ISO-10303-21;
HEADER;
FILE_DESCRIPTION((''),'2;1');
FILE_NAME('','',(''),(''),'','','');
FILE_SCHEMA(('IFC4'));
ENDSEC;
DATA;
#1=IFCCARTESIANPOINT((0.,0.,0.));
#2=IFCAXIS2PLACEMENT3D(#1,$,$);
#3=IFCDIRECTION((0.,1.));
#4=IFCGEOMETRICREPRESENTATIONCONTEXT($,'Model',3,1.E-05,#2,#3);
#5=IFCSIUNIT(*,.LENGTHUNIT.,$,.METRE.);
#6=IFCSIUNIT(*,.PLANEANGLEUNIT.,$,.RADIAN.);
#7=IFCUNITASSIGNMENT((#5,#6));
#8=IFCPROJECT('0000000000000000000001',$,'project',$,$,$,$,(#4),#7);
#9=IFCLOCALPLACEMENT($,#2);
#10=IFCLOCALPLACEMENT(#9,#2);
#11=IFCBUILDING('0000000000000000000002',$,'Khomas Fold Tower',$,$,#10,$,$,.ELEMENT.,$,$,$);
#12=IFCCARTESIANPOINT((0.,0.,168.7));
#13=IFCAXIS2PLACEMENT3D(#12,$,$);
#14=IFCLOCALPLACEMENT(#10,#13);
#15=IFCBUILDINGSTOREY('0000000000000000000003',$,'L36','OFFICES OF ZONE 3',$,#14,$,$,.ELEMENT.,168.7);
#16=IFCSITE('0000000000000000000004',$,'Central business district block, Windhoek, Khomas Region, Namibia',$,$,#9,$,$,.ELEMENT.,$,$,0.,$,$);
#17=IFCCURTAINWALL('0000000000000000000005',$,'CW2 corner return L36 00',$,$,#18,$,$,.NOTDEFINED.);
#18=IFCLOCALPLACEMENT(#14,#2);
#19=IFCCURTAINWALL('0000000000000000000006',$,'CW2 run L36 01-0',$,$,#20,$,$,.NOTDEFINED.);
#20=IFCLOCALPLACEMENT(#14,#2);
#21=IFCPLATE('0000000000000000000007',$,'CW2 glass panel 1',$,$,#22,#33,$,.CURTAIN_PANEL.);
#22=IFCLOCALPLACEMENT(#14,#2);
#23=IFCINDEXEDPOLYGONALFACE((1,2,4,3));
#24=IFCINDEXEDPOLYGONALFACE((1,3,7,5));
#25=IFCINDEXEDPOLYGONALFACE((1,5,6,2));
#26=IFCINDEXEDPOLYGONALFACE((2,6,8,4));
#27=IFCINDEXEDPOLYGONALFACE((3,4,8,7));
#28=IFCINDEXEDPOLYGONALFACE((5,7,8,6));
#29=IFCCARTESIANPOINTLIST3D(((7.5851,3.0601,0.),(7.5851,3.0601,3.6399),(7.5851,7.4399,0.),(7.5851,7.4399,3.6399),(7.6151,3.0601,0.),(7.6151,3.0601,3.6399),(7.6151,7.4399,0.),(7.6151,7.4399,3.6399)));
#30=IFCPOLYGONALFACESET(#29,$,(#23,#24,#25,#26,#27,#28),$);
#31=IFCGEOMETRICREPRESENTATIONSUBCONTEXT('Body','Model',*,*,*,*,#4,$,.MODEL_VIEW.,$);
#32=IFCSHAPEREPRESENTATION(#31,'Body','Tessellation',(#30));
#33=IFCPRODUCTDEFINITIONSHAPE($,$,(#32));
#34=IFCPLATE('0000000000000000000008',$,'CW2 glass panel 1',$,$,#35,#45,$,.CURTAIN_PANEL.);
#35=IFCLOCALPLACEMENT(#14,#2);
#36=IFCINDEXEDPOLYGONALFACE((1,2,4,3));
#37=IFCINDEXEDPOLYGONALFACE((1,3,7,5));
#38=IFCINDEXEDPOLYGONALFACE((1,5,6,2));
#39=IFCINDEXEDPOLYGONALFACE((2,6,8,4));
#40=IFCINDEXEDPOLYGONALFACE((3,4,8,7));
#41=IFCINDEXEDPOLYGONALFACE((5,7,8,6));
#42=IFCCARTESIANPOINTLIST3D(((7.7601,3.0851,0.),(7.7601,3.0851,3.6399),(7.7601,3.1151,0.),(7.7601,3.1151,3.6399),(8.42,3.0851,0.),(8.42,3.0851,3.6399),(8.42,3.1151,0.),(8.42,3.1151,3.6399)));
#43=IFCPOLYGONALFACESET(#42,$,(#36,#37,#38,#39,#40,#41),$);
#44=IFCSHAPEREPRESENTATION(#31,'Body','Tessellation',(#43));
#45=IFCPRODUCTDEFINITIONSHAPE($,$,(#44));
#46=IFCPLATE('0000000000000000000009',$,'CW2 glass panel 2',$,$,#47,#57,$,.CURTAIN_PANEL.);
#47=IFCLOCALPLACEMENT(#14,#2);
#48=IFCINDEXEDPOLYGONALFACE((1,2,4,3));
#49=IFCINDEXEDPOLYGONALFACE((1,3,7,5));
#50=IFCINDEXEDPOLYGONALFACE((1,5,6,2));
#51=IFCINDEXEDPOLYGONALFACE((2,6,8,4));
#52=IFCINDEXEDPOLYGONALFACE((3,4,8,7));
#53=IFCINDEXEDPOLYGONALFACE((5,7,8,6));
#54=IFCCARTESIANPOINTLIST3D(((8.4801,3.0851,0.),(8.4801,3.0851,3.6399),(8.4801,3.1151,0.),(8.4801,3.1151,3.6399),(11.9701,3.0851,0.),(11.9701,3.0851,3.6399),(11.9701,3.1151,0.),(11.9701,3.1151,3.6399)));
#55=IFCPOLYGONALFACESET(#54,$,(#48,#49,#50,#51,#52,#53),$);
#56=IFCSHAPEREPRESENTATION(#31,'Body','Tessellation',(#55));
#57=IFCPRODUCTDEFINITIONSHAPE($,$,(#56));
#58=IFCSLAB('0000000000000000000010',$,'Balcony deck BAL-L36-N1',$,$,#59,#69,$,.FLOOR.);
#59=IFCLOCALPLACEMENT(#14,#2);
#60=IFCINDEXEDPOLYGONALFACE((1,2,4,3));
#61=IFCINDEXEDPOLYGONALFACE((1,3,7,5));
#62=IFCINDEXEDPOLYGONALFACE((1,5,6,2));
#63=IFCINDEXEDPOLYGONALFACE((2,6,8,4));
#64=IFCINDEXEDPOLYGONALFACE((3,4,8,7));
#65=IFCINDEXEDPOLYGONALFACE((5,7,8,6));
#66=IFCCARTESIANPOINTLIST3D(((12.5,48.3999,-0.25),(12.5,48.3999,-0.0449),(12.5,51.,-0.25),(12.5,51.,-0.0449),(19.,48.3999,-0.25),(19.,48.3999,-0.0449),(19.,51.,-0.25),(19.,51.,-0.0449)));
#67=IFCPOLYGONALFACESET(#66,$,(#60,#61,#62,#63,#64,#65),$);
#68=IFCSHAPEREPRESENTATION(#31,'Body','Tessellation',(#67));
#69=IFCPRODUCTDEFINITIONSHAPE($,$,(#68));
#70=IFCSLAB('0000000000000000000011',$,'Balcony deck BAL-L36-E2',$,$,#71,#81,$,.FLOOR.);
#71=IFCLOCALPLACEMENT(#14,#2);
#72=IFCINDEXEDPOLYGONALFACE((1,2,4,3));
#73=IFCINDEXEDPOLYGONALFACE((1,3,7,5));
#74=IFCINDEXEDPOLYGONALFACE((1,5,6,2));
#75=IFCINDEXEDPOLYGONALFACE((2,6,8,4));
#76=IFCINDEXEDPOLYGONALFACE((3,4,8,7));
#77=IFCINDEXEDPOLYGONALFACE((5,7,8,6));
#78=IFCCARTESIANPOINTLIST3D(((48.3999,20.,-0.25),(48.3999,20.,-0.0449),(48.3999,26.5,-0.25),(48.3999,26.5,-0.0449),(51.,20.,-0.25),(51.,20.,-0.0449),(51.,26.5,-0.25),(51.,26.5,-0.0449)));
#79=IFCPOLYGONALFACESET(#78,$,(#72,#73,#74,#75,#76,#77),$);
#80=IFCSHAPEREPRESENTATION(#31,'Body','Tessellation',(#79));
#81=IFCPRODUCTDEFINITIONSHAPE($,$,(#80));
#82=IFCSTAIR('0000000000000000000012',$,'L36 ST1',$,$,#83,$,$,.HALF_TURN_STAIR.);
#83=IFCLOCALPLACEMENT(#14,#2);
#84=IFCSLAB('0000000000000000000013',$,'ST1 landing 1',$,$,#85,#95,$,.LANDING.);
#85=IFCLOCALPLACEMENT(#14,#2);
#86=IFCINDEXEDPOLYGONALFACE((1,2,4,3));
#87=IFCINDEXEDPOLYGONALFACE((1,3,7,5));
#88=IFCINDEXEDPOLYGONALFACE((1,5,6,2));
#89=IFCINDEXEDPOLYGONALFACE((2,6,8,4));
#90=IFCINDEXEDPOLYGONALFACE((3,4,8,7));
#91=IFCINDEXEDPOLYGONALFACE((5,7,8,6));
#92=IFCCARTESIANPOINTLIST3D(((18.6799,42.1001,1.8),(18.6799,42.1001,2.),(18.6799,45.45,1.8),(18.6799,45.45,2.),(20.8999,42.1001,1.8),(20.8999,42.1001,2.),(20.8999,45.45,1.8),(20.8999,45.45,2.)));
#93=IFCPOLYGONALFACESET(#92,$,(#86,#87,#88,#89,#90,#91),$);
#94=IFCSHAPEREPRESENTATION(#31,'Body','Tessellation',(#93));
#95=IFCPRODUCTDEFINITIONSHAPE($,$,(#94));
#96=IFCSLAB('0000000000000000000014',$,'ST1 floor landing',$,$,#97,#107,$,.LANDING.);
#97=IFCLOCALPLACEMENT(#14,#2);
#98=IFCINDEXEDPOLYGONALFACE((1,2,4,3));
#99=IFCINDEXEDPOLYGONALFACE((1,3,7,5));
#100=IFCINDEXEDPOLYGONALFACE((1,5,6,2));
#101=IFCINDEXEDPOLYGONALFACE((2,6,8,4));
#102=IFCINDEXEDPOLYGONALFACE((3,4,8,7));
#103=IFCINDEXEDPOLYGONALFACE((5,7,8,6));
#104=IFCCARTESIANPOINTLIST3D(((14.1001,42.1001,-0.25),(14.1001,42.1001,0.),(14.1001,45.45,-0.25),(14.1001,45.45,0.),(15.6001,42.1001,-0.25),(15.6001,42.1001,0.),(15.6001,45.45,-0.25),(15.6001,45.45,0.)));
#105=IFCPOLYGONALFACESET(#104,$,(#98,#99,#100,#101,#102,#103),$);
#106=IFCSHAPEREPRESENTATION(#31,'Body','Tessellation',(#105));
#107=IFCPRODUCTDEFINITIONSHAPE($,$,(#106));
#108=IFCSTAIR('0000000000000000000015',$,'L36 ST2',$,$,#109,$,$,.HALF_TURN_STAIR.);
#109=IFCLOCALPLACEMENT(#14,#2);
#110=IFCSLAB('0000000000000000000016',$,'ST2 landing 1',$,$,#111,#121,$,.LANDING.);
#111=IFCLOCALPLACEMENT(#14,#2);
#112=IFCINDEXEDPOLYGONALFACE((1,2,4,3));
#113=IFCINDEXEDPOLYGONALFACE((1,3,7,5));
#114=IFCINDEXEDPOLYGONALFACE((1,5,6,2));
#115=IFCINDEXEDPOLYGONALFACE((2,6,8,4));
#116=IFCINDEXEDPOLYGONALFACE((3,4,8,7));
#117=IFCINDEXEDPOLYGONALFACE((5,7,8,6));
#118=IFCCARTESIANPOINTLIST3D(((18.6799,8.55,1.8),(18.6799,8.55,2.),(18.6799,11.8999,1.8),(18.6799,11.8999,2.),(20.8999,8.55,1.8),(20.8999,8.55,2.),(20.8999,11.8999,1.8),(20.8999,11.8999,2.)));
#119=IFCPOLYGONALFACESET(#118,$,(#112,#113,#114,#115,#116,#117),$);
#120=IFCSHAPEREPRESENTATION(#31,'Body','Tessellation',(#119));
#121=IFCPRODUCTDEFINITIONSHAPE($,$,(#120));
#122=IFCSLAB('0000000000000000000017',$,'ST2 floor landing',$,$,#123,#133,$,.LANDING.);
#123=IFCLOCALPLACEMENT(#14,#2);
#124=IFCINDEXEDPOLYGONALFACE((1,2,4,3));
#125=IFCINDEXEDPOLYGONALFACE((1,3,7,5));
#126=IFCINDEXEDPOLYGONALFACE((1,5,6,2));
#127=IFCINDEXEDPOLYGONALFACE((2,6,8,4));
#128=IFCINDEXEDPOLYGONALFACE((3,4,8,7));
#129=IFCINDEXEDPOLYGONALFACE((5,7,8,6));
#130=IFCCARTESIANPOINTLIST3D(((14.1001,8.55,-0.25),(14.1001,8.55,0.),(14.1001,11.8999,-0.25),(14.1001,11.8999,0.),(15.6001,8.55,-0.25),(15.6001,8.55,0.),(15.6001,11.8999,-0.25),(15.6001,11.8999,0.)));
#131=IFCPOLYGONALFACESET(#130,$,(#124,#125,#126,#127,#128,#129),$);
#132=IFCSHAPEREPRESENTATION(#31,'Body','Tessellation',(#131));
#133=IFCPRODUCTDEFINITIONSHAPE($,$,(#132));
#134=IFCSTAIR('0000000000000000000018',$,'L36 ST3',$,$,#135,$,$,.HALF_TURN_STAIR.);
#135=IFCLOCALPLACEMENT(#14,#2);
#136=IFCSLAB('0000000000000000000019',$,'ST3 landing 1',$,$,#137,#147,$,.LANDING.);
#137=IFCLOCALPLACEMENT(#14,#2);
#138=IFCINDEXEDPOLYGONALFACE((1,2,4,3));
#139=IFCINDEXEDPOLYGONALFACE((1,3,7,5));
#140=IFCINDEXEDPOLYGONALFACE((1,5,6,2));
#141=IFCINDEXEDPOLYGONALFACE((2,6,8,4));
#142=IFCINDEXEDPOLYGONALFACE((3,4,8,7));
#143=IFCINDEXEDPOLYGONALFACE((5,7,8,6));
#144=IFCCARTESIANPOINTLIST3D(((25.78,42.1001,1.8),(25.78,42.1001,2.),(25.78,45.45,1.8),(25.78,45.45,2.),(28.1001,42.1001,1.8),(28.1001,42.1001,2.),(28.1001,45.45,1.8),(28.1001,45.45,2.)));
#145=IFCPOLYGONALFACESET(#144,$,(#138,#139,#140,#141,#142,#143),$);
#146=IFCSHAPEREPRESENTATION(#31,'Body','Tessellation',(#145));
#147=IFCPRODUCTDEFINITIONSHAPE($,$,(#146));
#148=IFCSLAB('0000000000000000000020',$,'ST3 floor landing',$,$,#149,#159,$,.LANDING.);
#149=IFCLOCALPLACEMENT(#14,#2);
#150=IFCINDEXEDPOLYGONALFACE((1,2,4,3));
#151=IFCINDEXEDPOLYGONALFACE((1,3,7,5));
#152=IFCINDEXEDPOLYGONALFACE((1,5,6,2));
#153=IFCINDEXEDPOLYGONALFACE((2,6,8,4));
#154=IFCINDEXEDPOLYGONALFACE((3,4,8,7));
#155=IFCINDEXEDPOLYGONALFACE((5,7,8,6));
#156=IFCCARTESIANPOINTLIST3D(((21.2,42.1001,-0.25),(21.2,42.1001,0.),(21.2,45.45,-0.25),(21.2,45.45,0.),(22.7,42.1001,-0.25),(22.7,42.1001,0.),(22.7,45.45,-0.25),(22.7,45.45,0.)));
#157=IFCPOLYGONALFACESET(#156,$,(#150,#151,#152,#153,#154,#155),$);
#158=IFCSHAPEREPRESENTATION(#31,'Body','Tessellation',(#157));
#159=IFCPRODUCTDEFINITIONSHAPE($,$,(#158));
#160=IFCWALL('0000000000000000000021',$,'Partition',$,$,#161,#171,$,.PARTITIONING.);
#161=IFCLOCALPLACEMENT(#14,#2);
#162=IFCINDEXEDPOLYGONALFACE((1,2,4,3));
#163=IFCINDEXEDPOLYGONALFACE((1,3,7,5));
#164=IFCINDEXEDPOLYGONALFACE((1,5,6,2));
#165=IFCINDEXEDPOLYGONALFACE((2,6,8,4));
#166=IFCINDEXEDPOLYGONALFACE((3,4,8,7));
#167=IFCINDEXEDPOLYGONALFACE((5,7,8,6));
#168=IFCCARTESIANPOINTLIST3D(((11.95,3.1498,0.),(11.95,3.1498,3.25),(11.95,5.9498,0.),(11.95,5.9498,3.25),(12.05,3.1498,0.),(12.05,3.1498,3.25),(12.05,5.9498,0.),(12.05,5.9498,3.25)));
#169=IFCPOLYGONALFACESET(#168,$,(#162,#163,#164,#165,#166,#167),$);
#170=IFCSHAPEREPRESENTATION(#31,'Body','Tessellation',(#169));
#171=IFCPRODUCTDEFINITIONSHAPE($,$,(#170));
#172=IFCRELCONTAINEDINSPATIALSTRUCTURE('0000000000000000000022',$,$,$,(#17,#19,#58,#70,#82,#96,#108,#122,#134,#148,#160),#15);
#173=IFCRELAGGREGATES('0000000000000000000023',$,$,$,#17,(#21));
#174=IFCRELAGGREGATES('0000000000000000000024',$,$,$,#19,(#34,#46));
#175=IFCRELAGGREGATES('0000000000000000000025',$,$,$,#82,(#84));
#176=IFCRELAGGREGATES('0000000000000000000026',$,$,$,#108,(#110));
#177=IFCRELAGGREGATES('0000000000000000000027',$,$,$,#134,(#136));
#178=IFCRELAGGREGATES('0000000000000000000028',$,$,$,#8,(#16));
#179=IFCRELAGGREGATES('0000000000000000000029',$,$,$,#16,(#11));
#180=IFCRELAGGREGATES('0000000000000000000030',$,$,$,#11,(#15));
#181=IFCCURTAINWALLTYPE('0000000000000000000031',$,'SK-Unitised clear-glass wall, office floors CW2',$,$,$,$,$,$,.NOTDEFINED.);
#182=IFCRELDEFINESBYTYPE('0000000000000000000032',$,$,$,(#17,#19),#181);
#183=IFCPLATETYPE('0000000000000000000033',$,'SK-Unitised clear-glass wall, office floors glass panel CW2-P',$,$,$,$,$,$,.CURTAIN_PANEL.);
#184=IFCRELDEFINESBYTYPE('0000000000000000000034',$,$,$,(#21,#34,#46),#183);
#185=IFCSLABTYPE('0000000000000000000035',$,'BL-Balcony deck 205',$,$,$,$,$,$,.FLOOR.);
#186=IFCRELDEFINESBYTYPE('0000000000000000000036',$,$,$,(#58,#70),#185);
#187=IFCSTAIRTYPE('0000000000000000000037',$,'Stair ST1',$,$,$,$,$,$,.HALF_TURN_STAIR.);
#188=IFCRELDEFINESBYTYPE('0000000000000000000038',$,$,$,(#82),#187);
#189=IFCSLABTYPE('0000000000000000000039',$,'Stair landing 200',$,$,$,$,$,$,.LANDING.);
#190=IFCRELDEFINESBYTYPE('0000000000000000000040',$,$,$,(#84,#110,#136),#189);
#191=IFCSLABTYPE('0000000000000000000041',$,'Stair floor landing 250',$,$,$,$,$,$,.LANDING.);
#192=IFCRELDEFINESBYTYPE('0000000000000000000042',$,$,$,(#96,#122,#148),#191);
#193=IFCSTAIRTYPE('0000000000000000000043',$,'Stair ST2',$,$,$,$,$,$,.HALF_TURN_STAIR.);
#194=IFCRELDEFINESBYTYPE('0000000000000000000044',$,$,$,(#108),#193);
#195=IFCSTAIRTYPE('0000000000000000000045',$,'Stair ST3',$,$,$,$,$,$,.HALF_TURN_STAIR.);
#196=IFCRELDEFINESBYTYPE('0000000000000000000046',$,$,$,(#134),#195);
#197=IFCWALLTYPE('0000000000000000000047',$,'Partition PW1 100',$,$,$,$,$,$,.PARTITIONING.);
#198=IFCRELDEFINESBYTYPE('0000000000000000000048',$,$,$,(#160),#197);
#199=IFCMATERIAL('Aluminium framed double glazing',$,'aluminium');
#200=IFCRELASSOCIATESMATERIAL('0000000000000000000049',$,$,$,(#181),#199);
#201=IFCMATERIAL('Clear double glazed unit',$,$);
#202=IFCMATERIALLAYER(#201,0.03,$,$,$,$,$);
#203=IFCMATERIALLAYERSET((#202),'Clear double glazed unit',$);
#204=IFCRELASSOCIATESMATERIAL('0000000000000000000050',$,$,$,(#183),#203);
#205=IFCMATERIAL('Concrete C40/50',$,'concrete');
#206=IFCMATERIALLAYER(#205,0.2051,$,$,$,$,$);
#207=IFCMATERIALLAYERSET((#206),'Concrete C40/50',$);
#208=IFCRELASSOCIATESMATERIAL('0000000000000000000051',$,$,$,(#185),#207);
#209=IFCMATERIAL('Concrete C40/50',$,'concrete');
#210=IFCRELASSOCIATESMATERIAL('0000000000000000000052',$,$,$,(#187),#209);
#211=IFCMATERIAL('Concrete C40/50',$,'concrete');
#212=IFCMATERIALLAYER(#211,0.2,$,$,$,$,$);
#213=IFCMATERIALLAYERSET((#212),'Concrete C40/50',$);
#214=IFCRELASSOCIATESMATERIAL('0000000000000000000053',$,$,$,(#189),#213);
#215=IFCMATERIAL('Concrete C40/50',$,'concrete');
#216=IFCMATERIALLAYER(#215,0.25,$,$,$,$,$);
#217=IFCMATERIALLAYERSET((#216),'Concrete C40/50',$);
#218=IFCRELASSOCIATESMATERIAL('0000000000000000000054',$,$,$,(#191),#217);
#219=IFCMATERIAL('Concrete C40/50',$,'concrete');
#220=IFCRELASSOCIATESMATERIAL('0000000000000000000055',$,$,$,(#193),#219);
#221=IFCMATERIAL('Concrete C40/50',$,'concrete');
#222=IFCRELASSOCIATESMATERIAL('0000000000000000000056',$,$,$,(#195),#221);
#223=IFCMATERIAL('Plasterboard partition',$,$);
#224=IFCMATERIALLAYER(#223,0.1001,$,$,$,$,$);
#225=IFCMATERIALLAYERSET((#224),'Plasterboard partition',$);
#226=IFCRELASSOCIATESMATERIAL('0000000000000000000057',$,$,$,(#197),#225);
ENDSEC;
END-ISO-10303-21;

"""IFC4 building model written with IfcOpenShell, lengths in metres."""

from ifc_helpers import new_model, si_unit, direction, frame, frame_2d, origin, origin_2d, place, context, subcontext, project, spatial, polyline, rectangle, outline, extrude, source, transform, mapped, material, layer, layer_set, type_object, element, aggregate, save


model = new_model("IFC4")

# Units and contexts
model_context = context("Model", 3, precision=1e-05, world=origin(), true_north=direction((0.0, 1.0)))
body_context = subcontext(model_context, "Body", "Model", "MODEL_VIEW")
ifc_project = project(units=[si_unit("LENGTHUNIT", "METRE"), si_unit("PLANEANGLEUNIT", "RADIAN")], contexts=[model_context])

# Site, building, storey
site_placement = place(None, origin())
site = spatial("IfcSite", under=ifc_project, at=site_placement, Name="Central business district block, Windhoek, Khomas Region, Namibia", CompositionType="ELEMENT", RefElevation=0.0)
building_placement = place(site_placement, origin())
building = spatial("IfcBuilding", under=site, at=building_placement, Name="Khomas Fold Tower", CompositionType="ELEMENT")
storey_placement = place(building_placement, frame((0.0, 0.0, 168.7)))
storey = spatial("IfcBuildingStorey", under=building, at=storey_placement, Name="L36", Description="OFFICES OF ZONE 3", CompositionType="ELEMENT", Elevation=168.7)

# Curtain wall
ifc_material_1 = material(Name="Aluminium framed double glazing", Category="aluminium")
curtain_wall_type = type_object("IfcCurtainWallType", Name="SK-Unitised clear-glass wall, office floors CW2", PredefinedType="NOTDEFINED", material=ifc_material_1)
curtain_wall_1_placement = place(storey_placement, origin())
curtain_wall_1 = element("IfcCurtainWall", 1, at=curtain_wall_1_placement, inside=storey, type_object=curtain_wall_type, Name="CW2 corner return L36 00", PredefinedType="NOTDEFINED")

# Curtain wall
curtain_wall_2_placement = place(storey_placement, origin())
curtain_wall_2 = element("IfcCurtainWall", 2, at=curtain_wall_2_placement, inside=storey, type_object=curtain_wall_type, Name="CW2 run L36 01-0", PredefinedType="NOTDEFINED")

# Plates
ifc_material_2 = material(Name="Clear double glazed unit")
ifc_layer_1 = layer(ifc_material_2, 0.03)
ifc_layer_set_1 = layer_set([ifc_layer_1], Name="Clear double glazed unit")
plate_type_1 = type_object("IfcPlateType", Name="SK-Unitised clear-glass wall, office floors glass panel CW2-P", PredefinedType="CURTAIN_PANEL", material=ifc_layer_set_1)
shared_shape_1 = source(origin(), body_context, "Body", "SweptSolid", [
    extrude(rectangle(XDim=4.3799, YDim=0.03, at=origin_2d()), origin(), (0.0, 0.0, 1.0), 3.6399),
])
plate_1_placement = place(storey_placement, frame((7.6001, 5.25, 0.0), z_axis=(0.0, 0.0, 1.0), x_axis=(0.0, -1.0, 0.0)))
plate_1 = element("IfcPlate", 3, at=plate_1_placement, type_object=plate_type_1, Name="CW2 glass panel 1", PredefinedType="CURTAIN_PANEL", context=body_context, shape_type="MappedRepresentation", body=[
    mapped(shared_shape_1, transform((0.0, 0.0, 0.0))),
])
aggregate(curtain_wall_1, [plate_1])
shared_shape_2 = source(origin(), body_context, "Body", "SweptSolid", [
    extrude(rectangle(XDim=0.6599, YDim=0.03, at=origin_2d()), origin(), (0.0, 0.0, 1.0), 3.6399),
])
plate_2_placement = place(storey_placement, frame((8.0901, 3.1001, 0.0), z_axis=(0.0, 0.0, 1.0), x_axis=(1.0, 0.0, 0.0)))
plate_2 = element("IfcPlate", 4, at=plate_2_placement, type_object=plate_type_1, Name="CW2 glass panel 1", PredefinedType="CURTAIN_PANEL", context=body_context, shape_type="MappedRepresentation", body=[
    mapped(shared_shape_2, transform((0.0, 0.0, 0.0))),
])
shared_shape_3 = source(origin(), body_context, "Body", "SweptSolid", [
    extrude(rectangle(XDim=3.49, YDim=0.03, at=origin_2d()), origin(), (0.0, 0.0, 1.0), 3.6399),
])
plate_3_placement = place(storey_placement, frame((10.2251, 3.1001, 0.0), z_axis=(0.0, 0.0, 1.0), x_axis=(1.0, 0.0, 0.0)))
plate_3 = element("IfcPlate", 5, at=plate_3_placement, type_object=plate_type_1, Name="CW2 glass panel 2", PredefinedType="CURTAIN_PANEL", context=body_context, shape_type="MappedRepresentation", body=[
    mapped(shared_shape_3, transform((0.0, 0.0, 0.0))),
])
aggregate(curtain_wall_2, [plate_2, plate_3])

# Slabs
ifc_material_3 = material(Name="Concrete C40/50", Category="concrete")
ifc_layer_2 = layer(ifc_material_3, 0.2051)
ifc_layer_set_2 = layer_set([ifc_layer_2], Name="Concrete C40/50")
slab_type_1 = type_object("IfcSlabType", Name="BL-Balcony deck 205", PredefinedType="FLOOR", material=ifc_layer_set_2)
shared_shape_4 = source(origin(), body_context, "Body", "SweptSolid", [
    extrude(outline(polyline([(12.5, 48.3999), (19.0, 48.3999), (19.0, 51.0), (12.5, 51.0), (12.5, 48.3999)])), origin(), (0.0, 0.0, 1.0), 0.2051),
])
slab_1_placement = place(storey_placement, frame((0.0, 0.0, -0.25)))
element("IfcSlab", 6, at=slab_1_placement, inside=storey, type_object=slab_type_1, Name="Balcony deck BAL-L36-N1", PredefinedType="FLOOR", context=body_context, shape_type="MappedRepresentation", body=[
    mapped(shared_shape_4, transform((0.0, 0.0, 0.0))),
])
shared_shape_5 = source(origin(), body_context, "Body", "SweptSolid", [
    extrude(outline(polyline([(48.3999, 20.0), (51.0, 20.0), (51.0, 26.5), (48.3999, 26.5), (48.3999, 20.0)])), origin(), (0.0, 0.0, 1.0), 0.2051),
])
slab_2_placement = place(storey_placement, frame((0.0, 0.0, -0.25)))
element("IfcSlab", 7, at=slab_2_placement, inside=storey, type_object=slab_type_1, Name="Balcony deck BAL-L36-E2", PredefinedType="FLOOR", context=body_context, shape_type="MappedRepresentation", body=[
    mapped(shared_shape_5, transform((0.0, 0.0, 0.0))),
])

# Stair, slab
ifc_material_4 = material(Name="Concrete C40/50", Category="concrete")
stair_type_1 = type_object("IfcStairType", Name="Stair ST1", PredefinedType="HALF_TURN_STAIR", material=ifc_material_4)
stair_1_placement = place(storey_placement, origin())
stair_1 = element("IfcStair", 8, at=stair_1_placement, inside=storey, type_object=stair_type_1, Name="L36 ST1", PredefinedType="HALF_TURN_STAIR")
ifc_material_5 = material(Name="Concrete C40/50", Category="concrete")
ifc_layer_3 = layer(ifc_material_5, 0.2)
ifc_layer_set_3 = layer_set([ifc_layer_3], Name="Concrete C40/50")
slab_type_2 = type_object("IfcSlabType", Name="Stair landing 200", PredefinedType="LANDING", material=ifc_layer_set_3)
shared_shape_6 = source(origin(), body_context, "Body", "SweptSolid", [
    extrude(outline(polyline([(18.6799, 42.1001), (20.8999, 42.1001), (20.8999, 45.45), (18.6799, 45.45), (18.6799, 42.1001)])), origin(), (0.0, 0.0, 1.0), 0.2),
])
slab_3_placement = place(storey_placement, frame((0.0, 0.0, 1.8)))
slab_3 = element("IfcSlab", 9, at=slab_3_placement, type_object=slab_type_2, Name="ST1 landing 1", PredefinedType="LANDING", context=body_context, shape_type="MappedRepresentation", body=[
    mapped(shared_shape_6, transform((0.0, 0.0, 0.0))),
])
aggregate(stair_1, [slab_3])

# Slab
ifc_material_6 = material(Name="Concrete C40/50", Category="concrete")
ifc_layer_4 = layer(ifc_material_6, 0.25)
ifc_layer_set_4 = layer_set([ifc_layer_4], Name="Concrete C40/50")
slab_type_3 = type_object("IfcSlabType", Name="Stair floor landing 250", PredefinedType="LANDING", material=ifc_layer_set_4)
shared_shape_7 = source(origin(), body_context, "Body", "SweptSolid", [
    extrude(outline(polyline([(15.6001, 42.1001), (14.1001, 42.1001), (14.1001, 45.45), (15.6001, 45.45), (15.6001, 42.1001)])), origin(), (0.0, 0.0, 1.0), 0.25),
])
slab_4_placement = place(storey_placement, frame((0.0, 0.0, -0.25)))
element("IfcSlab", 10, at=slab_4_placement, inside=storey, type_object=slab_type_3, Name="ST1 floor landing", PredefinedType="LANDING", context=body_context, shape_type="MappedRepresentation", body=[
    mapped(shared_shape_7, transform((0.0, 0.0, 0.0))),
])

# Stair, slab
ifc_material_7 = material(Name="Concrete C40/50", Category="concrete")
stair_type_2 = type_object("IfcStairType", Name="Stair ST2", PredefinedType="HALF_TURN_STAIR", material=ifc_material_7)
stair_2_placement = place(storey_placement, origin())
stair_2 = element("IfcStair", 11, at=stair_2_placement, inside=storey, type_object=stair_type_2, Name="L36 ST2", PredefinedType="HALF_TURN_STAIR")
shared_shape_8 = source(origin(), body_context, "Body", "SweptSolid", [
    extrude(outline(polyline([(18.6799, 8.55), (20.8999, 8.55), (20.8999, 11.8999), (18.6799, 11.8999), (18.6799, 8.55)])), origin(), (0.0, 0.0, 1.0), 0.2),
])
slab_5_placement = place(storey_placement, frame((0.0, 0.0, 1.8)))
slab_5 = element("IfcSlab", 12, at=slab_5_placement, type_object=slab_type_2, Name="ST2 landing 1", PredefinedType="LANDING", context=body_context, shape_type="MappedRepresentation", body=[
    mapped(shared_shape_8, transform((0.0, 0.0, 0.0))),
])
aggregate(stair_2, [slab_5])

# Slab
shared_shape_9 = source(origin(), body_context, "Body", "SweptSolid", [
    extrude(outline(polyline([(15.6001, 8.55), (14.1001, 8.55), (14.1001, 11.8999), (15.6001, 11.8999), (15.6001, 8.55)])), origin(), (0.0, 0.0, 1.0), 0.25),
])
slab_6_placement = place(storey_placement, frame((0.0, 0.0, -0.25)))
element("IfcSlab", 13, at=slab_6_placement, inside=storey, type_object=slab_type_3, Name="ST2 floor landing", PredefinedType="LANDING", context=body_context, shape_type="MappedRepresentation", body=[
    mapped(shared_shape_9, transform((0.0, 0.0, 0.0))),
])

# Stair, slab
ifc_material_8 = material(Name="Concrete C40/50", Category="concrete")
stair_type_3 = type_object("IfcStairType", Name="Stair ST3", PredefinedType="HALF_TURN_STAIR", material=ifc_material_8)
stair_3_placement = place(storey_placement, origin())
stair_3 = element("IfcStair", 14, at=stair_3_placement, inside=storey, type_object=stair_type_3, Name="L36 ST3", PredefinedType="HALF_TURN_STAIR")
shared_shape_10 = source(origin(), body_context, "Body", "SweptSolid", [
    extrude(outline(polyline([(25.78, 42.1001), (28.1001, 42.1001), (28.1001, 45.45), (25.78, 45.45), (25.78, 42.1001)])), origin(), (0.0, 0.0, 1.0), 0.2),
])
slab_7_placement = place(storey_placement, frame((0.0, 0.0, 1.8)))
slab_7 = element("IfcSlab", 15, at=slab_7_placement, type_object=slab_type_2, Name="ST3 landing 1", PredefinedType="LANDING", context=body_context, shape_type="MappedRepresentation", body=[
    mapped(shared_shape_10, transform((0.0, 0.0, 0.0))),
])
aggregate(stair_3, [slab_7])

# Slab
shared_shape_11 = source(origin(), body_context, "Body", "SweptSolid", [
    extrude(outline(polyline([(22.7, 42.1001), (21.2, 42.1001), (21.2, 45.45), (22.7, 45.45), (22.7, 42.1001)])), origin(), (0.0, 0.0, 1.0), 0.25),
])
slab_8_placement = place(storey_placement, frame((0.0, 0.0, -0.25)))
element("IfcSlab", 16, at=slab_8_placement, inside=storey, type_object=slab_type_3, Name="ST3 floor landing", PredefinedType="LANDING", context=body_context, shape_type="MappedRepresentation", body=[
    mapped(shared_shape_11, transform((0.0, 0.0, 0.0))),
])

# Wall
ifc_material_9 = material(Name="Plasterboard partition")
ifc_layer_5 = layer(ifc_material_9, 0.1001)
ifc_layer_set_5 = layer_set([ifc_layer_5], Name="Plasterboard partition")
wall_type_1 = type_object("IfcWallType", Name="Partition PW1 100", PredefinedType="PARTITIONING", material=ifc_layer_set_5)
shared_shape_12 = source(origin(), body_context, "Body", "SweptSolid", [
    extrude(rectangle(XDim=2.8, YDim=0.1001, at=frame_2d((1.3999, 0.0))), origin(), (0.0, 0.0, 1.0), 3.25),
])
wall_1_placement = place(storey_placement, frame((12.0, 3.1499, 0.0), z_axis=(0.0, 0.0, 1.0), x_axis=(0.0, 1.0, 0.0)))
element("IfcWall", 17, at=wall_1_placement, inside=storey, type_object=wall_type_1, Name="Partition", PredefinedType="PARTITIONING", context=body_context, shape_type="MappedRepresentation", body=[
    mapped(shared_shape_12, transform((0.0, 0.0, 0.0))),
])

save(model, "model.ifc")
